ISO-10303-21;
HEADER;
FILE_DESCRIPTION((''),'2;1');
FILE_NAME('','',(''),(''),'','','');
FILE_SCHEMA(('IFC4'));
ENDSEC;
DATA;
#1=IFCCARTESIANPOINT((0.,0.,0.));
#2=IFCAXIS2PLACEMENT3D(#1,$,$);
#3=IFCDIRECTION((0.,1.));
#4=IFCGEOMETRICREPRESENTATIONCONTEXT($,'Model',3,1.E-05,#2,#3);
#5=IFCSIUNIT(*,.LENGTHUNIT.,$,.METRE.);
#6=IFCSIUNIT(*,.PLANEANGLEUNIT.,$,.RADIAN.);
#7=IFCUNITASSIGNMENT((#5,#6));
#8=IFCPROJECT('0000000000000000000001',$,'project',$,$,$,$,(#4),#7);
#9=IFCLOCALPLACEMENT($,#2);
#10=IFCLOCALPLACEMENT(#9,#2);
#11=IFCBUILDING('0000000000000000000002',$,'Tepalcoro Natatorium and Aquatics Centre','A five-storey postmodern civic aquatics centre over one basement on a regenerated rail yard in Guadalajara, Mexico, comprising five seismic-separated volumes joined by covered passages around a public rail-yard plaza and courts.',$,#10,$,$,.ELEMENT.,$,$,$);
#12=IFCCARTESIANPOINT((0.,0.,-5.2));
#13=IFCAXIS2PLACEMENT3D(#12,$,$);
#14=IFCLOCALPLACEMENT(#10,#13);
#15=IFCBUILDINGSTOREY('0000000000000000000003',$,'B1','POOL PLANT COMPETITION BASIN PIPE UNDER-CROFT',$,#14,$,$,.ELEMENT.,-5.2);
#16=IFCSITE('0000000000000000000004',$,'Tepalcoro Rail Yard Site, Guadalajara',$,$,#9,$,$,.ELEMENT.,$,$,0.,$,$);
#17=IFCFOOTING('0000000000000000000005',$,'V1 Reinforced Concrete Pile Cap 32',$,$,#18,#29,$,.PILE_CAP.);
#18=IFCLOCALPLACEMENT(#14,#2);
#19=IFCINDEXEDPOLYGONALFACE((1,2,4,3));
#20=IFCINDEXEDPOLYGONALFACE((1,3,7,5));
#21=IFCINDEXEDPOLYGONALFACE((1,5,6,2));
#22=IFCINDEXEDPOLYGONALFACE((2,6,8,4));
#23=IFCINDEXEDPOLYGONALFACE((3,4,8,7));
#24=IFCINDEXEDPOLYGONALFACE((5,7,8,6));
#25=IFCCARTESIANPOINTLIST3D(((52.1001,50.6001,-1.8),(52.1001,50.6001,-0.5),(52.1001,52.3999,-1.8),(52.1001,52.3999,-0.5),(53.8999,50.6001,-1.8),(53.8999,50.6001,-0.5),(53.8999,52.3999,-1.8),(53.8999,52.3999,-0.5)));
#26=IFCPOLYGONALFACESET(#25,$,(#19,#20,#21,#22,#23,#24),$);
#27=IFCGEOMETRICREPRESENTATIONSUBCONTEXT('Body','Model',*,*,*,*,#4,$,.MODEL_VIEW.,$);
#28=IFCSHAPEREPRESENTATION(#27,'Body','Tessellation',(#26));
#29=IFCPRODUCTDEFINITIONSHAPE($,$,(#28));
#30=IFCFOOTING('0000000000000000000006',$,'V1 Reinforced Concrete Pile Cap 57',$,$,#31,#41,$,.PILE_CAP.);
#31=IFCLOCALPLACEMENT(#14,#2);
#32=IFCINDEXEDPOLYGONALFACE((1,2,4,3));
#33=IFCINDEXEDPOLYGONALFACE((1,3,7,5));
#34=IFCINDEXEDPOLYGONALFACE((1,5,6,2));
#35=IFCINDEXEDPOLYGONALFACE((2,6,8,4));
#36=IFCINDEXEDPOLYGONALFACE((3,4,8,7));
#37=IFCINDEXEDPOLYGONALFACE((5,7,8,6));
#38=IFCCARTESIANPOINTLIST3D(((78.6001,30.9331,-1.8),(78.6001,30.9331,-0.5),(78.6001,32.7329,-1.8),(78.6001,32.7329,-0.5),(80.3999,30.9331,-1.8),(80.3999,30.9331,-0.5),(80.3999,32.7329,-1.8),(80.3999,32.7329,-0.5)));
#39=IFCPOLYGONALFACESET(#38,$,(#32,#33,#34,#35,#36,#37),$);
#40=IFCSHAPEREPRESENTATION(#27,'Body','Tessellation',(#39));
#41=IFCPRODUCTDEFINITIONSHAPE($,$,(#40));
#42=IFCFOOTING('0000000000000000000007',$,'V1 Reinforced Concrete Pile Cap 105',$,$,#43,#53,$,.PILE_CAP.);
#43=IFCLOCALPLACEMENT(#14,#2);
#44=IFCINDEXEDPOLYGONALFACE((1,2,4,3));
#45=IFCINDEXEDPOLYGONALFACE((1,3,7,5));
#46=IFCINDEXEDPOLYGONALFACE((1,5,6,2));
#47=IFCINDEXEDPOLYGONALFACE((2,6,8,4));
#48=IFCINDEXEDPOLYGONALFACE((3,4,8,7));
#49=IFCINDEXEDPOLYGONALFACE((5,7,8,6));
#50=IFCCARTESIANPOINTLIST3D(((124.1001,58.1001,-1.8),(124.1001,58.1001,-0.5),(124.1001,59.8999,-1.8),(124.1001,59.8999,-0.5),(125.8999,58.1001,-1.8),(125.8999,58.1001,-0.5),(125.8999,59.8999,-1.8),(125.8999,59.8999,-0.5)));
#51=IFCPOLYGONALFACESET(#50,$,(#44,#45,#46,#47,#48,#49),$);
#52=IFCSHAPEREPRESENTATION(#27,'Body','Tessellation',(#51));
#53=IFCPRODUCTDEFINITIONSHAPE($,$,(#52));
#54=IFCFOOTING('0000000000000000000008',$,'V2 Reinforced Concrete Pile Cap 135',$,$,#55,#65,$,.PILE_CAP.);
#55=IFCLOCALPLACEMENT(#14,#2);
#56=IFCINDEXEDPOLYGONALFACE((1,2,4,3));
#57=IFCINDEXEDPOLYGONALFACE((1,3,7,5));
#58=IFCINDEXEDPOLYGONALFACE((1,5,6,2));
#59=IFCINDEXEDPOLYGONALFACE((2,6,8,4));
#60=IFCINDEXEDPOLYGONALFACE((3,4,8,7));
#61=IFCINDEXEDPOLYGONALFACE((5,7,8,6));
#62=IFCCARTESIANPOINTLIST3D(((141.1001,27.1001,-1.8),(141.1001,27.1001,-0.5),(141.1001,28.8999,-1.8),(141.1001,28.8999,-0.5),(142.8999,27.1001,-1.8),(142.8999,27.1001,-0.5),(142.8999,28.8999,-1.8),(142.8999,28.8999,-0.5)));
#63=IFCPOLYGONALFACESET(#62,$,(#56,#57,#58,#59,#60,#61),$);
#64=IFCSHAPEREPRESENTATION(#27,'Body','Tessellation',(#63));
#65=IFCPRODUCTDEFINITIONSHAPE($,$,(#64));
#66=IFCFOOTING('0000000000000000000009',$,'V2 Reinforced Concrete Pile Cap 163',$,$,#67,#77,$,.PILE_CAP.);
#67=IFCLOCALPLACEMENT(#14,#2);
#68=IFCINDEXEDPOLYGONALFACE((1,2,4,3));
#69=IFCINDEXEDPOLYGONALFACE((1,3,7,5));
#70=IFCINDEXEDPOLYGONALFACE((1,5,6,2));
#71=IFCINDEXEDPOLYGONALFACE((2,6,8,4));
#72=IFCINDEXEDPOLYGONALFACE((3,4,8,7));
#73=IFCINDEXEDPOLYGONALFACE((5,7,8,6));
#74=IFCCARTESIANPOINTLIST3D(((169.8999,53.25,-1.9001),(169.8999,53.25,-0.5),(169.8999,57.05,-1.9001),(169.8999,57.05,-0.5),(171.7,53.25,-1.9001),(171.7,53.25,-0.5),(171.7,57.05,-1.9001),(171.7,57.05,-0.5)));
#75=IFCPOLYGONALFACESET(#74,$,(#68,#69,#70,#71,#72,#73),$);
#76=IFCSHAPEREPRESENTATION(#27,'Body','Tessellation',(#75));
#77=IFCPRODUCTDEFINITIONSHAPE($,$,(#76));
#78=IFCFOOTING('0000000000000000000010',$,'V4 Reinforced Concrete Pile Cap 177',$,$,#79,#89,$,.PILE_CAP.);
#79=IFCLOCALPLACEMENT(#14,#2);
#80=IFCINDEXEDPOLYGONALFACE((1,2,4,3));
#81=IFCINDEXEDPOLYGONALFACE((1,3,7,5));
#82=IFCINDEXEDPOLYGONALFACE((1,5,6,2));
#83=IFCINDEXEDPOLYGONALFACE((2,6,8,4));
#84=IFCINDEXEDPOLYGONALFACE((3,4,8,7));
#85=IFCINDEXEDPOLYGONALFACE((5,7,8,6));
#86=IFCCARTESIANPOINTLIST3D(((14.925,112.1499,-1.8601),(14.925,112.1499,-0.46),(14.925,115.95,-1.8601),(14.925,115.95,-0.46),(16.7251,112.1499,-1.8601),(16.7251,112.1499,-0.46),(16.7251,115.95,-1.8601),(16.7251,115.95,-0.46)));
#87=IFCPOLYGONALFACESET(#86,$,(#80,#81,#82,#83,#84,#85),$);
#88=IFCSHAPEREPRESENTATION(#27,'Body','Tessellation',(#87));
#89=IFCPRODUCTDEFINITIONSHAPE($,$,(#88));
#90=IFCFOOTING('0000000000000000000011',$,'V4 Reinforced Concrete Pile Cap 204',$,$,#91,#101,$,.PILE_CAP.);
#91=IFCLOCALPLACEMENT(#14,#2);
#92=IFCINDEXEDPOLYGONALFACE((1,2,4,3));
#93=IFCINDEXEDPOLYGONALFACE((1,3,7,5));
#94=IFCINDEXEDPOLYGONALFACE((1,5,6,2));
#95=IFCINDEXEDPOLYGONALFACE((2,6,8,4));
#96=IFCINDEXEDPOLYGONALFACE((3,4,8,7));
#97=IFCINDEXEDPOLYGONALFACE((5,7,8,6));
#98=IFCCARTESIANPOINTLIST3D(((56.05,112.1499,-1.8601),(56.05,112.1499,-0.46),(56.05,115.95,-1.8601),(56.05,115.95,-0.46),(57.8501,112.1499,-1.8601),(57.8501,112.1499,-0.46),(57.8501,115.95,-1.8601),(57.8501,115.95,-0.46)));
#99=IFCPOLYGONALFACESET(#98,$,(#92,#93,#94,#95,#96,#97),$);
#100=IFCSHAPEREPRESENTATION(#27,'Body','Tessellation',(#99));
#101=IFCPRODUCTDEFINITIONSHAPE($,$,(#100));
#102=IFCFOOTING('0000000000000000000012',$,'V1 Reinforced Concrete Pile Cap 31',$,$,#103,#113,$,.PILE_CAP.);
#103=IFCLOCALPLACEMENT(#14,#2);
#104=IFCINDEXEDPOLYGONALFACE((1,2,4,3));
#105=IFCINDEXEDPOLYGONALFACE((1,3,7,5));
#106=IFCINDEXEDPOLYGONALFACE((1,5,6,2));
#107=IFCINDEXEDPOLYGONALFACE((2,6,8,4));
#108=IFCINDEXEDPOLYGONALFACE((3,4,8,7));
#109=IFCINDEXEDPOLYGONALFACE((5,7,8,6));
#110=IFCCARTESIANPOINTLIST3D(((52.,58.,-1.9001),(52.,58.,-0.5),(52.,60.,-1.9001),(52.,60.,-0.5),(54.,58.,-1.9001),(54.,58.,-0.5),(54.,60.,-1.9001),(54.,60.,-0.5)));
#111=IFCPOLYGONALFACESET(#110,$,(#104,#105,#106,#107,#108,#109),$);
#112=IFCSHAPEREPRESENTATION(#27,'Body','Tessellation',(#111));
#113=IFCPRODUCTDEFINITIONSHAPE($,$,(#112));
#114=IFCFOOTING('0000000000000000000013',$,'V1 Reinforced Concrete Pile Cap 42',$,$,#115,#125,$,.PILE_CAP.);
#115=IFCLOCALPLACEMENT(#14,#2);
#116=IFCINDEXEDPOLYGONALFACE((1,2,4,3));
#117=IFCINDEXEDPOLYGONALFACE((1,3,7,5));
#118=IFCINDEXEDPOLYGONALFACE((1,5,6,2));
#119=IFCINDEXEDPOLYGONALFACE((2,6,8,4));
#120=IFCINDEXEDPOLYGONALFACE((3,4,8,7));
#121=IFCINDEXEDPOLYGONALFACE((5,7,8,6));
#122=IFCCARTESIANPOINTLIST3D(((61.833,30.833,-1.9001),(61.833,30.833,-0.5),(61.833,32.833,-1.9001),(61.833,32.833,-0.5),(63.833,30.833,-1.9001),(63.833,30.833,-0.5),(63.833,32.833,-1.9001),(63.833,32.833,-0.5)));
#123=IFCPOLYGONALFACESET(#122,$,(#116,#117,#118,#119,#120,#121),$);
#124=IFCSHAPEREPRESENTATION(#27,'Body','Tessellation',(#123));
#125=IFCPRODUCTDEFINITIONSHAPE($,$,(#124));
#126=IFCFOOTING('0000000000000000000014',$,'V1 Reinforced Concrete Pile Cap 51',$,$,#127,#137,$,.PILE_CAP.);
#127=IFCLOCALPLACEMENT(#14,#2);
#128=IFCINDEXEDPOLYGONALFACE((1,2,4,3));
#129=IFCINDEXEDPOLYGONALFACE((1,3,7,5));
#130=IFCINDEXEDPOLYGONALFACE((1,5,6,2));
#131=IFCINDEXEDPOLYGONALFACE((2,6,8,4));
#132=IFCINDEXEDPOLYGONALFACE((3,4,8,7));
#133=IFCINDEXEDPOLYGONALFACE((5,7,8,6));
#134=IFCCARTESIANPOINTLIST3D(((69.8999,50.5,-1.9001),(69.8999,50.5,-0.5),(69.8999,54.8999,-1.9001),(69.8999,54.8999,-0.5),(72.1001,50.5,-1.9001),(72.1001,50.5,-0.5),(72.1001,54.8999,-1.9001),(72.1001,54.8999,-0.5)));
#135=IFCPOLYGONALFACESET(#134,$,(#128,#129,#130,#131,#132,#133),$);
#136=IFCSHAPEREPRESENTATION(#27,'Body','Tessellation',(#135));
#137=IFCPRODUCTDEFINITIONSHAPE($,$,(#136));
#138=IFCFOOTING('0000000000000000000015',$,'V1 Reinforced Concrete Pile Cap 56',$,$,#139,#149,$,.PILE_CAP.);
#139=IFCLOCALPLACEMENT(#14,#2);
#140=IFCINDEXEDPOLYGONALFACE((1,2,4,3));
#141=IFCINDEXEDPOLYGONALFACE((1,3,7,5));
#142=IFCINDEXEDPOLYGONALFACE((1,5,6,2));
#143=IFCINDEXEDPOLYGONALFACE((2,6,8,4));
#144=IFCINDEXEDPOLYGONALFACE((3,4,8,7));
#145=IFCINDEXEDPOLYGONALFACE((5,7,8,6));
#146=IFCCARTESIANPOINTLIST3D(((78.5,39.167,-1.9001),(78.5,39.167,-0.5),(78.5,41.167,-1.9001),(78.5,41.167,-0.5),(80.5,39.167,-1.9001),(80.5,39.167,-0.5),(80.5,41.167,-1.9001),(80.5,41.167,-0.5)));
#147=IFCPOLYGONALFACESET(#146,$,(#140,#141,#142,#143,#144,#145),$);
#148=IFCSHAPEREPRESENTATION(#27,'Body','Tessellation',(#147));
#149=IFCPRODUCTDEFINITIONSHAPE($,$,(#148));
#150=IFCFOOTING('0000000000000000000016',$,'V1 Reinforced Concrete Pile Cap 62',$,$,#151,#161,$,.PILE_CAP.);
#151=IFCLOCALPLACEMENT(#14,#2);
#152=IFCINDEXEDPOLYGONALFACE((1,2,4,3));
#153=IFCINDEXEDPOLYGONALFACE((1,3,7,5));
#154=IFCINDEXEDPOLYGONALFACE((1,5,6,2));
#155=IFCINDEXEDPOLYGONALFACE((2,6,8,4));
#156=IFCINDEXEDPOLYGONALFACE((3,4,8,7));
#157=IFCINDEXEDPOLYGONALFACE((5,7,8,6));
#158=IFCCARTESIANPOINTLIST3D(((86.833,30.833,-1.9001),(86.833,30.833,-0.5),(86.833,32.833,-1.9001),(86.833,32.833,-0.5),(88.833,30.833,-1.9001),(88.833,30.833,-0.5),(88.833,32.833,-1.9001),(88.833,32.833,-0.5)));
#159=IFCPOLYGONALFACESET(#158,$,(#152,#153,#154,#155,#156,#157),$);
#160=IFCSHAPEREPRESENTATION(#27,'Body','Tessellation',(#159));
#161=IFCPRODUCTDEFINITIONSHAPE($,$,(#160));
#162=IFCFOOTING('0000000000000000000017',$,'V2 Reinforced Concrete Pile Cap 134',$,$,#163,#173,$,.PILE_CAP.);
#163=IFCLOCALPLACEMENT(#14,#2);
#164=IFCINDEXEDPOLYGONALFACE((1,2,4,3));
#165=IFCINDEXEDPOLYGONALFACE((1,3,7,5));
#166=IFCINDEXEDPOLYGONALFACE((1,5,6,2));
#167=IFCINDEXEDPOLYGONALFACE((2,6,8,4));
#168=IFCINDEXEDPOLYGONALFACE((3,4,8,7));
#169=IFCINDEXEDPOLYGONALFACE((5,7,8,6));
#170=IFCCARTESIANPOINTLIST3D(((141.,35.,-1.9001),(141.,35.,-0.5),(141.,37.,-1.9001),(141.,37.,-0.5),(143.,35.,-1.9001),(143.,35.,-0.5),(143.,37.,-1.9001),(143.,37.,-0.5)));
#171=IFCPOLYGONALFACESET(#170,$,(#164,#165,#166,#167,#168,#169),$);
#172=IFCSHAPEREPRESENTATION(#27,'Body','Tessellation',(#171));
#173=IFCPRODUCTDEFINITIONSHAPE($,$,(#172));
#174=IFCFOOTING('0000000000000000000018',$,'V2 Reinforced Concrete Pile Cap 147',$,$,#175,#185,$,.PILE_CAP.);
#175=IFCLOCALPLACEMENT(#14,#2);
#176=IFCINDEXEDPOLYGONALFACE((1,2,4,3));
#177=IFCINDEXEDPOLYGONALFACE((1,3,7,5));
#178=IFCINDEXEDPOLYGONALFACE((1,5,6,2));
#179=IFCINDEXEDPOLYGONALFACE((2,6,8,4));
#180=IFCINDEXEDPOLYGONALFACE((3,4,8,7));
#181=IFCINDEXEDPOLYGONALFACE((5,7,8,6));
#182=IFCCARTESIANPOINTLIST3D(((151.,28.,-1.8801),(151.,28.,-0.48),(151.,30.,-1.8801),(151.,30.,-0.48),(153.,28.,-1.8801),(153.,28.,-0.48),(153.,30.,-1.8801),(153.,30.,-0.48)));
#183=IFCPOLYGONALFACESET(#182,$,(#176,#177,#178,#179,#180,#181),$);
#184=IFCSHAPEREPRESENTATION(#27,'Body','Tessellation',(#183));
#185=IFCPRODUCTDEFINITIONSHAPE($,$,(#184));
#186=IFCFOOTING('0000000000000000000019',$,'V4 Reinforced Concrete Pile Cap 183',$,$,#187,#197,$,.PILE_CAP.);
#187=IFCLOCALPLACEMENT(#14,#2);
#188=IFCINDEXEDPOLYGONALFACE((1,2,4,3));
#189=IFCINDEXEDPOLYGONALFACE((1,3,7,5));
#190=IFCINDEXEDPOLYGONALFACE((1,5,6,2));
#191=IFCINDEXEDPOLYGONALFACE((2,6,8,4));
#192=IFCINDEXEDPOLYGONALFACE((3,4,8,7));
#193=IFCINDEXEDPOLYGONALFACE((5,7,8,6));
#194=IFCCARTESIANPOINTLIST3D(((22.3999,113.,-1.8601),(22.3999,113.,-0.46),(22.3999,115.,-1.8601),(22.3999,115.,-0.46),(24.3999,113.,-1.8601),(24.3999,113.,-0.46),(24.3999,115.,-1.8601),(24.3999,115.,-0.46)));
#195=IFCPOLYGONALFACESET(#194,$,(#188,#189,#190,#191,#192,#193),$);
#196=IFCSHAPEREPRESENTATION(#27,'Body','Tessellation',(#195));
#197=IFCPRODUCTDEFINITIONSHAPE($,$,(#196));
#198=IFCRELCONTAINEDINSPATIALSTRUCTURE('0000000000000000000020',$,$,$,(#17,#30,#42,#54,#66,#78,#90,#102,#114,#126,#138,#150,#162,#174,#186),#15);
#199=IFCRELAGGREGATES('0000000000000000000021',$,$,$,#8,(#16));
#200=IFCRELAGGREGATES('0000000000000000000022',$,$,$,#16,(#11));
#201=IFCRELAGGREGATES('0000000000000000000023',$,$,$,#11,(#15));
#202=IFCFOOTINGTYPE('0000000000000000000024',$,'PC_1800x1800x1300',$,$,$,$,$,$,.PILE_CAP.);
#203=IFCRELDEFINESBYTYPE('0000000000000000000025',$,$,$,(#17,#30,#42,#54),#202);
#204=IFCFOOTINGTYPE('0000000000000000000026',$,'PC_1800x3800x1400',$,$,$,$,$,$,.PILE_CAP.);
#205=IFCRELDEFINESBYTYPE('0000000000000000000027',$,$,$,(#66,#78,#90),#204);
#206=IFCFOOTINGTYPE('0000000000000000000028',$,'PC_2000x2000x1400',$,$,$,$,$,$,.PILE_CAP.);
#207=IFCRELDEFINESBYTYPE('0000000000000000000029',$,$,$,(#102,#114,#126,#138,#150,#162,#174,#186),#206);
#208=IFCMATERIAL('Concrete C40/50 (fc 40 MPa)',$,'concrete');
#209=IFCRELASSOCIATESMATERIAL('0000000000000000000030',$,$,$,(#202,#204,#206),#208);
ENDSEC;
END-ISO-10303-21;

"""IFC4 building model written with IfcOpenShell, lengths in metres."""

from ifc_helpers import new_model, si_unit, direction, frame, origin, place, context, subcontext, project, spatial, polyline, outline, extrude, material, type_object, element, save


model = new_model("IFC4")

# Units and contexts
model_context = context("Model", 3, precision=1e-05, world=origin(), true_north=direction((0.0, 1.0)))
body_context = subcontext(model_context, "Body", "Model", "MODEL_VIEW")
ifc_project = project(units=[si_unit("LENGTHUNIT", "METRE"), si_unit("PLANEANGLEUNIT", "RADIAN")], contexts=[model_context])

# Site, building, storey
site_placement = place(None, origin())
site = spatial("IfcSite", under=ifc_project, at=site_placement, Name="Tepalcoro Rail Yard Site, Guadalajara", CompositionType="ELEMENT", RefElevation=0.0)
building_placement = place(site_placement, origin())
building = spatial("IfcBuilding", under=site, at=building_placement, Name="Tepalcoro Natatorium and Aquatics Centre", Description="A five-storey postmodern civic aquatics centre over one basement on a regenerated rail yard in Guadalajara, Mexico, comprising five seismic-separated volumes joined by covered passages around a public rail-yard plaza and courts.", CompositionType="ELEMENT")
storey_placement = place(building_placement, frame((0.0, 0.0, -5.2)))
storey = spatial("IfcBuildingStorey", under=building, at=storey_placement, Name="B1", Description="POOL PLANT COMPETITION BASIN PIPE UNDER-CROFT", CompositionType="ELEMENT", Elevation=-5.2)

# Footings
ifc_material = material(Name="Concrete C40/50 (fc 40 MPa)", Category="concrete")
footing_type_1 = type_object("IfcFootingType", Name="PC_1800x1800x1300", PredefinedType="PILE_CAP", material=ifc_material)
footing_1_placement = place(storey_placement, frame((0.0, 0.0, -1.8)))
element("IfcFooting", 1, at=footing_1_placement, inside=storey, type_object=footing_type_1, Name="V1 Reinforced Concrete Pile Cap 32", PredefinedType="PILE_CAP", context=body_context, shape_type="SweptSolid", body=[
    extrude(outline(polyline([(52.1001, 50.6001), (53.8999, 50.6001), (53.8999, 52.3999), (52.1001, 52.3999), (52.1001, 50.6001)])), origin(), (0.0, 0.0, 1.0), 1.3),
])
footing_2_placement = place(storey_placement, frame((0.0, 0.0, -1.8)))
element("IfcFooting", 2, at=footing_2_placement, inside=storey, type_object=footing_type_1, Name="V1 Reinforced Concrete Pile Cap 57", PredefinedType="PILE_CAP", context=body_context, shape_type="SweptSolid", body=[
    extrude(outline(polyline([(78.6001, 30.9331), (80.3999, 30.9331), (80.3999, 32.7329), (78.6001, 32.7329), (78.6001, 30.9331)])), origin(), (0.0, 0.0, 1.0), 1.3),
])
footing_3_placement = place(storey_placement, frame((0.0, 0.0, -1.8)))
element("IfcFooting", 3, at=footing_3_placement, inside=storey, type_object=footing_type_1, Name="V1 Reinforced Concrete Pile Cap 105", PredefinedType="PILE_CAP", context=body_context, shape_type="SweptSolid", body=[
    extrude(outline(polyline([(124.1001, 58.1001), (125.8999, 58.1001), (125.8999, 59.8999), (124.1001, 59.8999), (124.1001, 58.1001)])), origin(), (0.0, 0.0, 1.0), 1.3),
])
footing_4_placement = place(storey_placement, frame((0.0, 0.0, -1.8)))
element("IfcFooting", 4, at=footing_4_placement, inside=storey, type_object=footing_type_1, Name="V2 Reinforced Concrete Pile Cap 135", PredefinedType="PILE_CAP", context=body_context, shape_type="SweptSolid", body=[
    extrude(outline(polyline([(141.1001, 27.1001), (142.8999, 27.1001), (142.8999, 28.8999), (141.1001, 28.8999), (141.1001, 27.1001)])), origin(), (0.0, 0.0, 1.0), 1.3),
])
footing_type_2 = type_object("IfcFootingType", Name="PC_1800x3800x1400", PredefinedType="PILE_CAP", material=ifc_material)
footing_5_placement = place(storey_placement, frame((0.0, 0.0, -1.9001)))
element("IfcFooting", 5, at=footing_5_placement, inside=storey, type_object=footing_type_2, Name="V2 Reinforced Concrete Pile Cap 163", PredefinedType="PILE_CAP", context=body_context, shape_type="SweptSolid", body=[
    extrude(outline(polyline([(169.8999, 53.25), (171.7, 53.25), (171.7, 57.05), (169.8999, 57.05), (169.8999, 53.25)])), origin(), (0.0, 0.0, 1.0), 1.4001),
])
footing_6_placement = place(storey_placement, frame((0.0, 0.0, -1.8601)))
element("IfcFooting", 6, at=footing_6_placement, inside=storey, type_object=footing_type_2, Name="V4 Reinforced Concrete Pile Cap 177", PredefinedType="PILE_CAP", context=body_context, shape_type="SweptSolid", body=[
    extrude(outline(polyline([(14.925, 112.1499), (16.7251, 112.1499), (16.7251, 115.95), (14.925, 115.95), (14.925, 112.1499)])), origin(), (0.0, 0.0, 1.0), 1.4001),
])
footing_7_placement = place(storey_placement, frame((0.0, 0.0, -1.8601)))
element("IfcFooting", 7, at=footing_7_placement, inside=storey, type_object=footing_type_2, Name="V4 Reinforced Concrete Pile Cap 204", PredefinedType="PILE_CAP", context=body_context, shape_type="SweptSolid", body=[
    extrude(outline(polyline([(56.05, 112.1499), (57.8501, 112.1499), (57.8501, 115.95), (56.05, 115.95), (56.05, 112.1499)])), origin(), (0.0, 0.0, 1.0), 1.4001),
])
footing_type_3 = type_object("IfcFootingType", Name="PC_2000x2000x1400", PredefinedType="PILE_CAP", material=ifc_material)
footing_8_placement = place(storey_placement, frame((0.0, 0.0, -1.9001)))
element("IfcFooting", 8, at=footing_8_placement, inside=storey, type_object=footing_type_3, Name="V1 Reinforced Concrete Pile Cap 31", PredefinedType="PILE_CAP", context=body_context, shape_type="SweptSolid", body=[
    extrude(outline(polyline([(52.0, 58.0), (54.0, 58.0), (54.0, 60.0), (52.0, 60.0), (52.0, 58.0)])), origin(), (0.0, 0.0, 1.0), 1.4001),
])
footing_9_placement = place(storey_placement, frame((0.0, 0.0, -1.9001)))
element("IfcFooting", 9, at=footing_9_placement, inside=storey, type_object=footing_type_3, Name="V1 Reinforced Concrete Pile Cap 42", PredefinedType="PILE_CAP", context=body_context, shape_type="SweptSolid", body=[
    extrude(outline(polyline([(61.833, 30.833), (63.833, 30.833), (63.833, 32.833), (61.833, 32.833), (61.833, 30.833)])), origin(), (0.0, 0.0, 1.0), 1.4001),
])
footing_10_placement = place(storey_placement, frame((0.0, 0.0, -1.9001)))
element("IfcFooting", 10, at=footing_10_placement, inside=storey, type_object=footing_type_3, Name="V1 Reinforced Concrete Pile Cap 51", PredefinedType="PILE_CAP", context=body_context, shape_type="SweptSolid", body=[
    extrude(outline(polyline([(69.8999, 50.5), (72.1001, 50.5), (72.1001, 54.8999), (69.8999, 54.8999), (69.8999, 50.5)])), origin(), (0.0, 0.0, 1.0), 1.4001),
])
footing_11_placement = place(storey_placement, frame((0.0, 0.0, -1.9001)))
element("IfcFooting", 11, at=footing_11_placement, inside=storey, type_object=footing_type_3, Name="V1 Reinforced Concrete Pile Cap 56", PredefinedType="PILE_CAP", context=body_context, shape_type="SweptSolid", body=[
    extrude(outline(polyline([(78.5, 39.167), (80.5, 39.167), (80.5, 41.167), (78.5, 41.167), (78.5, 39.167)])), origin(), (0.0, 0.0, 1.0), 1.4001),
])
footing_12_placement = place(storey_placement, frame((0.0, 0.0, -1.9001)))
element("IfcFooting", 12, at=footing_12_placement, inside=storey, type_object=footing_type_3, Name="V1 Reinforced Concrete Pile Cap 62", PredefinedType="PILE_CAP", context=body_context, shape_type="SweptSolid", body=[
    extrude(outline(polyline([(86.833, 30.833), (88.833, 30.833), (88.833, 32.833), (86.833, 32.833), (86.833, 30.833)])), origin(), (0.0, 0.0, 1.0), 1.4001),
])
footing_13_placement = place(storey_placement, frame((0.0, 0.0, -1.9001)))
element("IfcFooting", 13, at=footing_13_placement, inside=storey, type_object=footing_type_3, Name="V2 Reinforced Concrete Pile Cap 134", PredefinedType="PILE_CAP", context=body_context, shape_type="SweptSolid", body=[
    extrude(outline(polyline([(141.0, 35.0), (143.0, 35.0), (143.0, 37.0), (141.0, 37.0), (141.0, 35.0)])), origin(), (0.0, 0.0, 1.0), 1.4001),
])
footing_14_placement = place(storey_placement, frame((0.0, 0.0, -1.8801)))
element("IfcFooting", 14, at=footing_14_placement, inside=storey, type_object=footing_type_3, Name="V2 Reinforced Concrete Pile Cap 147", PredefinedType="PILE_CAP", context=body_context, shape_type="SweptSolid", body=[
    extrude(outline(polyline([(151.0, 28.0), (153.0, 28.0), (153.0, 30.0), (151.0, 30.0), (151.0, 28.0)])), origin(), (0.0, 0.0, 1.0), 1.4001),
])
footing_15_placement = place(storey_placement, frame((0.0, 0.0, -1.8601)))
element("IfcFooting", 15, at=footing_15_placement, inside=storey, type_object=footing_type_3, Name="V4 Reinforced Concrete Pile Cap 183", PredefinedType="PILE_CAP", context=body_context, shape_type="SweptSolid", body=[
    extrude(outline(polyline([(22.3999, 113.0), (24.3999, 113.0), (24.3999, 115.0), (22.3999, 115.0), (22.3999, 113.0)])), origin(), (0.0, 0.0, 1.0), 1.4001),
])

save(model, "model.ifc")
